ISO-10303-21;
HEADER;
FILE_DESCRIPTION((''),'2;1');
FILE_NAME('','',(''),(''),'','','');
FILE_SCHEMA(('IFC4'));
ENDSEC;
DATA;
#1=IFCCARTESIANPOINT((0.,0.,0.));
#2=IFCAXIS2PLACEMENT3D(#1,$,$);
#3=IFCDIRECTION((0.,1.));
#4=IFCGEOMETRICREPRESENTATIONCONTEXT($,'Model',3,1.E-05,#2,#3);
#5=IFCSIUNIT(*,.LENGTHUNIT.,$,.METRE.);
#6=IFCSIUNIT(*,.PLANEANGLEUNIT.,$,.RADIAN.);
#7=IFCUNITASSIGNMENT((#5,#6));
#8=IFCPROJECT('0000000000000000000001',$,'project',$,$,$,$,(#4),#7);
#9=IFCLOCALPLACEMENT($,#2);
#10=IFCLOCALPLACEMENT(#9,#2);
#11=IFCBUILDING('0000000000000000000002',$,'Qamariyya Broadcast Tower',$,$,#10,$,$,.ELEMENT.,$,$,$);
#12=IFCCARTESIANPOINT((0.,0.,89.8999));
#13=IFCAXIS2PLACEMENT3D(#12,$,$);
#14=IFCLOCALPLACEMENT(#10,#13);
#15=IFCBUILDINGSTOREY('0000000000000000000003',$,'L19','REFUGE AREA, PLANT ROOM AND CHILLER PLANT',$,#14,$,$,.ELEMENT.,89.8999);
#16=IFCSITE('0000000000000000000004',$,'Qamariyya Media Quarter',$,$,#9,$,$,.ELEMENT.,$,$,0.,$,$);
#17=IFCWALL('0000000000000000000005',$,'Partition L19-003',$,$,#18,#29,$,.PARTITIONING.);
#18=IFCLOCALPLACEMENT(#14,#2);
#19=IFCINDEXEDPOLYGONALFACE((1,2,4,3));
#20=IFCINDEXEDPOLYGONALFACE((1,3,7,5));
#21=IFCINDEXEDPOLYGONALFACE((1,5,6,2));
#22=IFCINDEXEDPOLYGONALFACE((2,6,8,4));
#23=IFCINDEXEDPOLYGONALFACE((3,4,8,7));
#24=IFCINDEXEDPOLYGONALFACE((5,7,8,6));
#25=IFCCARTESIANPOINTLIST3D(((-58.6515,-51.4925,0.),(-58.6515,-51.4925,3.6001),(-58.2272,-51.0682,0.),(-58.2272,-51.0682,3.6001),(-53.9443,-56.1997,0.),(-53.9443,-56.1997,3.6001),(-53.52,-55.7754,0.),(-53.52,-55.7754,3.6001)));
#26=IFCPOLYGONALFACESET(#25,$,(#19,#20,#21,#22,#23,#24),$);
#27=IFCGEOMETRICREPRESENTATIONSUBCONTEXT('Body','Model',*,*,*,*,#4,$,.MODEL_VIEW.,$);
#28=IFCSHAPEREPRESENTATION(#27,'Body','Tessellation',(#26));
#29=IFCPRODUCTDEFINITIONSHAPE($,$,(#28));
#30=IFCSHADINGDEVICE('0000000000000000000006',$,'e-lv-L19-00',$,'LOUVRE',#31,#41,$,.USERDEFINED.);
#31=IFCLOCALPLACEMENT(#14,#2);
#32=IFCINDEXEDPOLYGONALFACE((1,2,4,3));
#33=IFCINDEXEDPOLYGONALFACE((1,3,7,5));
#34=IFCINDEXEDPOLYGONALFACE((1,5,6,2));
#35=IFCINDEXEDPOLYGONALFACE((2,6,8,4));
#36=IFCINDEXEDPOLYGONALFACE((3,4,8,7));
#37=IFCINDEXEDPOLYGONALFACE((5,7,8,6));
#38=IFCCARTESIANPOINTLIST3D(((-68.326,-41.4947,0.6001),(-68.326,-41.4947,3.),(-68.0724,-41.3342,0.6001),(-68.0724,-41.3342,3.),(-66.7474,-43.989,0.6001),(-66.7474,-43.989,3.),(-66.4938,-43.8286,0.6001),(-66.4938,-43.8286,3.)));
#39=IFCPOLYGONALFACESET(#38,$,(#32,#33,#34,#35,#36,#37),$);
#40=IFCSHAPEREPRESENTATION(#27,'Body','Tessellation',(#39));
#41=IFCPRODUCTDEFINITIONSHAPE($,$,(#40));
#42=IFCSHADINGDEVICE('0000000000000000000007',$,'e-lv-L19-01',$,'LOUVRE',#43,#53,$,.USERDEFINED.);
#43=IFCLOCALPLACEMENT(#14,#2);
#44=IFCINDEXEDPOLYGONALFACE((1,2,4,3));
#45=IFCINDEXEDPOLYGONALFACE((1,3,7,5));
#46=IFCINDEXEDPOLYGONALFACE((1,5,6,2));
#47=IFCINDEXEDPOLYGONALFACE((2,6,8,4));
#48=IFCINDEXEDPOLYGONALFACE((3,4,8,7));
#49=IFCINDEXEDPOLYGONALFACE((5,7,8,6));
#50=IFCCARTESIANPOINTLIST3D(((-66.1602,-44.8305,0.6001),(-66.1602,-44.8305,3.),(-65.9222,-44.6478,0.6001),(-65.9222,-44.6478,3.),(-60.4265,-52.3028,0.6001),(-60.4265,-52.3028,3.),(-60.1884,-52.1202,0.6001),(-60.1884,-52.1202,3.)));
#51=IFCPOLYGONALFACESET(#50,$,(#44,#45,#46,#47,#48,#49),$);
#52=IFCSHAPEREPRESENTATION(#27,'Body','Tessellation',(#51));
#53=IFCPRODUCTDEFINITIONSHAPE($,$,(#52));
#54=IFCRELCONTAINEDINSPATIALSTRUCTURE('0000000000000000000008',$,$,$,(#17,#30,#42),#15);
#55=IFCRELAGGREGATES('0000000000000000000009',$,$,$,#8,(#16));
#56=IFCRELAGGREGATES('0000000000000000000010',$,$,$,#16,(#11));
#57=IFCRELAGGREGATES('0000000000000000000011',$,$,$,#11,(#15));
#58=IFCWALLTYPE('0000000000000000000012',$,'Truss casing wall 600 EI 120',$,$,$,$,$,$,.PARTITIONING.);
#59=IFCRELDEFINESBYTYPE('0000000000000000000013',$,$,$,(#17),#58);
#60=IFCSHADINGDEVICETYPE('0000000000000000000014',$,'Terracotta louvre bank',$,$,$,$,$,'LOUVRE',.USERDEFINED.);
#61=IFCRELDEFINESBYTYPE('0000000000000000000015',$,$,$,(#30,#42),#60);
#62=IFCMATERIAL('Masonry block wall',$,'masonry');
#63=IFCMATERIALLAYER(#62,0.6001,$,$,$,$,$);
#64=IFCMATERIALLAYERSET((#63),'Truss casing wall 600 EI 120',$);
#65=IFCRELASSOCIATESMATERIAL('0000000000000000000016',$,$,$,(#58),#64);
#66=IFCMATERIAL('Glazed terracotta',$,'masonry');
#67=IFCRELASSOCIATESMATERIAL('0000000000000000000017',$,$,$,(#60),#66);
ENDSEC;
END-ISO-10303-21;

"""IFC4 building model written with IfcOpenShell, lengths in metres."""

from ifc_helpers import new_model, si_unit, direction, frame, frame_2d, origin, origin_2d, place, context, subcontext, project, spatial, rectangle, extrude, material, layer, layer_set, type_object, element, save


model = new_model("IFC4")

# Units and contexts
model_context = context("Model", 3, precision=1e-05, world=origin(), true_north=direction((0.0, 1.0)))
body_context = subcontext(model_context, "Body", "Model", "MODEL_VIEW")
ifc_project = project(units=[si_unit("LENGTHUNIT", "METRE"), si_unit("PLANEANGLEUNIT", "RADIAN")], contexts=[model_context])

# Site, building, storey
site_placement = place(None, origin())
site = spatial("IfcSite", under=ifc_project, at=site_placement, Name="Qamariyya Media Quarter", CompositionType="ELEMENT", RefElevation=0.0)
building_placement = place(site_placement, origin())
building = spatial("IfcBuilding", under=site, at=building_placement, Name="Qamariyya Broadcast Tower", CompositionType="ELEMENT")
storey_placement = place(building_placement, frame((0.0, 0.0, 89.8999)))
storey = spatial("IfcBuildingStorey", under=building, at=storey_placement, Name="L19", Description="REFUGE AREA, PLANT ROOM AND CHILLER PLANT", CompositionType="ELEMENT", Elevation=89.8999)

# Wall
ifc_material_1 = material(Name="Masonry block wall", Category="masonry")
ifc_layer_1 = layer(ifc_material_1, 0.6001)
ifc_layer_set_1 = layer_set([ifc_layer_1], Name="Truss casing wall 600 EI 120")
wall_type_1 = type_object("IfcWallType", Name="Truss casing wall 600 EI 120", PredefinedType="PARTITIONING", material=ifc_layer_set_1)
wall_1_placement = place(storey_placement, frame((-58.4395, -51.2803, 0.0), z_axis=(0.0, 0.0, 1.0), x_axis=(0.707107, -0.707107, 0.0)))
element("IfcWall", 1, at=wall_1_placement, inside=storey, type_object=wall_type_1, Name="Partition L19-003", PredefinedType="PARTITIONING", context=body_context, shape_type="SweptSolid", body=[
    extrude(rectangle(XDim=6.657, YDim=0.6001, at=frame_2d((3.3286, 0.0))), origin(), (0.0, 0.0, 1.0), 3.6001),
])

# Shading devices
ifc_material_2 = material(Name="Glazed terracotta", Category="masonry")
shading_device_type = type_object("IfcShadingDeviceType", Name="Terracotta louvre bank", ElementType="LOUVRE", PredefinedType="USERDEFINED", material=ifc_material_2)
shading_device_1_placement = place(storey_placement, frame((-67.4099, -42.6616, 0.6001), z_axis=(0.0, 0.0, 1.0), x_axis=(0.534772, -0.844996, 0.0)))
element("IfcShadingDevice", 2, at=shading_device_1_placement, inside=storey, type_object=shading_device_type, Name="e-lv-L19-00", ObjectType="LOUVRE", PredefinedType="USERDEFINED", context=body_context, shape_type="SweptSolid", body=[
    extrude(rectangle(XDim=2.9519, YDim=0.3, at=origin_2d()), origin(), (0.0, 0.0, 1.0), 2.3999),
])
shading_device_2_placement = place(storey_placement, frame((-63.1743, -48.4753, 0.6001), z_axis=(0.0, 0.0, 1.0), x_axis=(0.608761, -0.793353, 0.0)))
element("IfcShadingDevice", 3, at=shading_device_2_placement, inside=storey, type_object=shading_device_type, Name="e-lv-L19-01", ObjectType="LOUVRE", PredefinedType="USERDEFINED", context=body_context, shape_type="SweptSolid", body=[
    extrude(rectangle(XDim=9.4187, YDim=0.3, at=origin_2d()), origin(), (0.0, 0.0, 1.0), 2.3999),
])

save(model, "model.ifc")
